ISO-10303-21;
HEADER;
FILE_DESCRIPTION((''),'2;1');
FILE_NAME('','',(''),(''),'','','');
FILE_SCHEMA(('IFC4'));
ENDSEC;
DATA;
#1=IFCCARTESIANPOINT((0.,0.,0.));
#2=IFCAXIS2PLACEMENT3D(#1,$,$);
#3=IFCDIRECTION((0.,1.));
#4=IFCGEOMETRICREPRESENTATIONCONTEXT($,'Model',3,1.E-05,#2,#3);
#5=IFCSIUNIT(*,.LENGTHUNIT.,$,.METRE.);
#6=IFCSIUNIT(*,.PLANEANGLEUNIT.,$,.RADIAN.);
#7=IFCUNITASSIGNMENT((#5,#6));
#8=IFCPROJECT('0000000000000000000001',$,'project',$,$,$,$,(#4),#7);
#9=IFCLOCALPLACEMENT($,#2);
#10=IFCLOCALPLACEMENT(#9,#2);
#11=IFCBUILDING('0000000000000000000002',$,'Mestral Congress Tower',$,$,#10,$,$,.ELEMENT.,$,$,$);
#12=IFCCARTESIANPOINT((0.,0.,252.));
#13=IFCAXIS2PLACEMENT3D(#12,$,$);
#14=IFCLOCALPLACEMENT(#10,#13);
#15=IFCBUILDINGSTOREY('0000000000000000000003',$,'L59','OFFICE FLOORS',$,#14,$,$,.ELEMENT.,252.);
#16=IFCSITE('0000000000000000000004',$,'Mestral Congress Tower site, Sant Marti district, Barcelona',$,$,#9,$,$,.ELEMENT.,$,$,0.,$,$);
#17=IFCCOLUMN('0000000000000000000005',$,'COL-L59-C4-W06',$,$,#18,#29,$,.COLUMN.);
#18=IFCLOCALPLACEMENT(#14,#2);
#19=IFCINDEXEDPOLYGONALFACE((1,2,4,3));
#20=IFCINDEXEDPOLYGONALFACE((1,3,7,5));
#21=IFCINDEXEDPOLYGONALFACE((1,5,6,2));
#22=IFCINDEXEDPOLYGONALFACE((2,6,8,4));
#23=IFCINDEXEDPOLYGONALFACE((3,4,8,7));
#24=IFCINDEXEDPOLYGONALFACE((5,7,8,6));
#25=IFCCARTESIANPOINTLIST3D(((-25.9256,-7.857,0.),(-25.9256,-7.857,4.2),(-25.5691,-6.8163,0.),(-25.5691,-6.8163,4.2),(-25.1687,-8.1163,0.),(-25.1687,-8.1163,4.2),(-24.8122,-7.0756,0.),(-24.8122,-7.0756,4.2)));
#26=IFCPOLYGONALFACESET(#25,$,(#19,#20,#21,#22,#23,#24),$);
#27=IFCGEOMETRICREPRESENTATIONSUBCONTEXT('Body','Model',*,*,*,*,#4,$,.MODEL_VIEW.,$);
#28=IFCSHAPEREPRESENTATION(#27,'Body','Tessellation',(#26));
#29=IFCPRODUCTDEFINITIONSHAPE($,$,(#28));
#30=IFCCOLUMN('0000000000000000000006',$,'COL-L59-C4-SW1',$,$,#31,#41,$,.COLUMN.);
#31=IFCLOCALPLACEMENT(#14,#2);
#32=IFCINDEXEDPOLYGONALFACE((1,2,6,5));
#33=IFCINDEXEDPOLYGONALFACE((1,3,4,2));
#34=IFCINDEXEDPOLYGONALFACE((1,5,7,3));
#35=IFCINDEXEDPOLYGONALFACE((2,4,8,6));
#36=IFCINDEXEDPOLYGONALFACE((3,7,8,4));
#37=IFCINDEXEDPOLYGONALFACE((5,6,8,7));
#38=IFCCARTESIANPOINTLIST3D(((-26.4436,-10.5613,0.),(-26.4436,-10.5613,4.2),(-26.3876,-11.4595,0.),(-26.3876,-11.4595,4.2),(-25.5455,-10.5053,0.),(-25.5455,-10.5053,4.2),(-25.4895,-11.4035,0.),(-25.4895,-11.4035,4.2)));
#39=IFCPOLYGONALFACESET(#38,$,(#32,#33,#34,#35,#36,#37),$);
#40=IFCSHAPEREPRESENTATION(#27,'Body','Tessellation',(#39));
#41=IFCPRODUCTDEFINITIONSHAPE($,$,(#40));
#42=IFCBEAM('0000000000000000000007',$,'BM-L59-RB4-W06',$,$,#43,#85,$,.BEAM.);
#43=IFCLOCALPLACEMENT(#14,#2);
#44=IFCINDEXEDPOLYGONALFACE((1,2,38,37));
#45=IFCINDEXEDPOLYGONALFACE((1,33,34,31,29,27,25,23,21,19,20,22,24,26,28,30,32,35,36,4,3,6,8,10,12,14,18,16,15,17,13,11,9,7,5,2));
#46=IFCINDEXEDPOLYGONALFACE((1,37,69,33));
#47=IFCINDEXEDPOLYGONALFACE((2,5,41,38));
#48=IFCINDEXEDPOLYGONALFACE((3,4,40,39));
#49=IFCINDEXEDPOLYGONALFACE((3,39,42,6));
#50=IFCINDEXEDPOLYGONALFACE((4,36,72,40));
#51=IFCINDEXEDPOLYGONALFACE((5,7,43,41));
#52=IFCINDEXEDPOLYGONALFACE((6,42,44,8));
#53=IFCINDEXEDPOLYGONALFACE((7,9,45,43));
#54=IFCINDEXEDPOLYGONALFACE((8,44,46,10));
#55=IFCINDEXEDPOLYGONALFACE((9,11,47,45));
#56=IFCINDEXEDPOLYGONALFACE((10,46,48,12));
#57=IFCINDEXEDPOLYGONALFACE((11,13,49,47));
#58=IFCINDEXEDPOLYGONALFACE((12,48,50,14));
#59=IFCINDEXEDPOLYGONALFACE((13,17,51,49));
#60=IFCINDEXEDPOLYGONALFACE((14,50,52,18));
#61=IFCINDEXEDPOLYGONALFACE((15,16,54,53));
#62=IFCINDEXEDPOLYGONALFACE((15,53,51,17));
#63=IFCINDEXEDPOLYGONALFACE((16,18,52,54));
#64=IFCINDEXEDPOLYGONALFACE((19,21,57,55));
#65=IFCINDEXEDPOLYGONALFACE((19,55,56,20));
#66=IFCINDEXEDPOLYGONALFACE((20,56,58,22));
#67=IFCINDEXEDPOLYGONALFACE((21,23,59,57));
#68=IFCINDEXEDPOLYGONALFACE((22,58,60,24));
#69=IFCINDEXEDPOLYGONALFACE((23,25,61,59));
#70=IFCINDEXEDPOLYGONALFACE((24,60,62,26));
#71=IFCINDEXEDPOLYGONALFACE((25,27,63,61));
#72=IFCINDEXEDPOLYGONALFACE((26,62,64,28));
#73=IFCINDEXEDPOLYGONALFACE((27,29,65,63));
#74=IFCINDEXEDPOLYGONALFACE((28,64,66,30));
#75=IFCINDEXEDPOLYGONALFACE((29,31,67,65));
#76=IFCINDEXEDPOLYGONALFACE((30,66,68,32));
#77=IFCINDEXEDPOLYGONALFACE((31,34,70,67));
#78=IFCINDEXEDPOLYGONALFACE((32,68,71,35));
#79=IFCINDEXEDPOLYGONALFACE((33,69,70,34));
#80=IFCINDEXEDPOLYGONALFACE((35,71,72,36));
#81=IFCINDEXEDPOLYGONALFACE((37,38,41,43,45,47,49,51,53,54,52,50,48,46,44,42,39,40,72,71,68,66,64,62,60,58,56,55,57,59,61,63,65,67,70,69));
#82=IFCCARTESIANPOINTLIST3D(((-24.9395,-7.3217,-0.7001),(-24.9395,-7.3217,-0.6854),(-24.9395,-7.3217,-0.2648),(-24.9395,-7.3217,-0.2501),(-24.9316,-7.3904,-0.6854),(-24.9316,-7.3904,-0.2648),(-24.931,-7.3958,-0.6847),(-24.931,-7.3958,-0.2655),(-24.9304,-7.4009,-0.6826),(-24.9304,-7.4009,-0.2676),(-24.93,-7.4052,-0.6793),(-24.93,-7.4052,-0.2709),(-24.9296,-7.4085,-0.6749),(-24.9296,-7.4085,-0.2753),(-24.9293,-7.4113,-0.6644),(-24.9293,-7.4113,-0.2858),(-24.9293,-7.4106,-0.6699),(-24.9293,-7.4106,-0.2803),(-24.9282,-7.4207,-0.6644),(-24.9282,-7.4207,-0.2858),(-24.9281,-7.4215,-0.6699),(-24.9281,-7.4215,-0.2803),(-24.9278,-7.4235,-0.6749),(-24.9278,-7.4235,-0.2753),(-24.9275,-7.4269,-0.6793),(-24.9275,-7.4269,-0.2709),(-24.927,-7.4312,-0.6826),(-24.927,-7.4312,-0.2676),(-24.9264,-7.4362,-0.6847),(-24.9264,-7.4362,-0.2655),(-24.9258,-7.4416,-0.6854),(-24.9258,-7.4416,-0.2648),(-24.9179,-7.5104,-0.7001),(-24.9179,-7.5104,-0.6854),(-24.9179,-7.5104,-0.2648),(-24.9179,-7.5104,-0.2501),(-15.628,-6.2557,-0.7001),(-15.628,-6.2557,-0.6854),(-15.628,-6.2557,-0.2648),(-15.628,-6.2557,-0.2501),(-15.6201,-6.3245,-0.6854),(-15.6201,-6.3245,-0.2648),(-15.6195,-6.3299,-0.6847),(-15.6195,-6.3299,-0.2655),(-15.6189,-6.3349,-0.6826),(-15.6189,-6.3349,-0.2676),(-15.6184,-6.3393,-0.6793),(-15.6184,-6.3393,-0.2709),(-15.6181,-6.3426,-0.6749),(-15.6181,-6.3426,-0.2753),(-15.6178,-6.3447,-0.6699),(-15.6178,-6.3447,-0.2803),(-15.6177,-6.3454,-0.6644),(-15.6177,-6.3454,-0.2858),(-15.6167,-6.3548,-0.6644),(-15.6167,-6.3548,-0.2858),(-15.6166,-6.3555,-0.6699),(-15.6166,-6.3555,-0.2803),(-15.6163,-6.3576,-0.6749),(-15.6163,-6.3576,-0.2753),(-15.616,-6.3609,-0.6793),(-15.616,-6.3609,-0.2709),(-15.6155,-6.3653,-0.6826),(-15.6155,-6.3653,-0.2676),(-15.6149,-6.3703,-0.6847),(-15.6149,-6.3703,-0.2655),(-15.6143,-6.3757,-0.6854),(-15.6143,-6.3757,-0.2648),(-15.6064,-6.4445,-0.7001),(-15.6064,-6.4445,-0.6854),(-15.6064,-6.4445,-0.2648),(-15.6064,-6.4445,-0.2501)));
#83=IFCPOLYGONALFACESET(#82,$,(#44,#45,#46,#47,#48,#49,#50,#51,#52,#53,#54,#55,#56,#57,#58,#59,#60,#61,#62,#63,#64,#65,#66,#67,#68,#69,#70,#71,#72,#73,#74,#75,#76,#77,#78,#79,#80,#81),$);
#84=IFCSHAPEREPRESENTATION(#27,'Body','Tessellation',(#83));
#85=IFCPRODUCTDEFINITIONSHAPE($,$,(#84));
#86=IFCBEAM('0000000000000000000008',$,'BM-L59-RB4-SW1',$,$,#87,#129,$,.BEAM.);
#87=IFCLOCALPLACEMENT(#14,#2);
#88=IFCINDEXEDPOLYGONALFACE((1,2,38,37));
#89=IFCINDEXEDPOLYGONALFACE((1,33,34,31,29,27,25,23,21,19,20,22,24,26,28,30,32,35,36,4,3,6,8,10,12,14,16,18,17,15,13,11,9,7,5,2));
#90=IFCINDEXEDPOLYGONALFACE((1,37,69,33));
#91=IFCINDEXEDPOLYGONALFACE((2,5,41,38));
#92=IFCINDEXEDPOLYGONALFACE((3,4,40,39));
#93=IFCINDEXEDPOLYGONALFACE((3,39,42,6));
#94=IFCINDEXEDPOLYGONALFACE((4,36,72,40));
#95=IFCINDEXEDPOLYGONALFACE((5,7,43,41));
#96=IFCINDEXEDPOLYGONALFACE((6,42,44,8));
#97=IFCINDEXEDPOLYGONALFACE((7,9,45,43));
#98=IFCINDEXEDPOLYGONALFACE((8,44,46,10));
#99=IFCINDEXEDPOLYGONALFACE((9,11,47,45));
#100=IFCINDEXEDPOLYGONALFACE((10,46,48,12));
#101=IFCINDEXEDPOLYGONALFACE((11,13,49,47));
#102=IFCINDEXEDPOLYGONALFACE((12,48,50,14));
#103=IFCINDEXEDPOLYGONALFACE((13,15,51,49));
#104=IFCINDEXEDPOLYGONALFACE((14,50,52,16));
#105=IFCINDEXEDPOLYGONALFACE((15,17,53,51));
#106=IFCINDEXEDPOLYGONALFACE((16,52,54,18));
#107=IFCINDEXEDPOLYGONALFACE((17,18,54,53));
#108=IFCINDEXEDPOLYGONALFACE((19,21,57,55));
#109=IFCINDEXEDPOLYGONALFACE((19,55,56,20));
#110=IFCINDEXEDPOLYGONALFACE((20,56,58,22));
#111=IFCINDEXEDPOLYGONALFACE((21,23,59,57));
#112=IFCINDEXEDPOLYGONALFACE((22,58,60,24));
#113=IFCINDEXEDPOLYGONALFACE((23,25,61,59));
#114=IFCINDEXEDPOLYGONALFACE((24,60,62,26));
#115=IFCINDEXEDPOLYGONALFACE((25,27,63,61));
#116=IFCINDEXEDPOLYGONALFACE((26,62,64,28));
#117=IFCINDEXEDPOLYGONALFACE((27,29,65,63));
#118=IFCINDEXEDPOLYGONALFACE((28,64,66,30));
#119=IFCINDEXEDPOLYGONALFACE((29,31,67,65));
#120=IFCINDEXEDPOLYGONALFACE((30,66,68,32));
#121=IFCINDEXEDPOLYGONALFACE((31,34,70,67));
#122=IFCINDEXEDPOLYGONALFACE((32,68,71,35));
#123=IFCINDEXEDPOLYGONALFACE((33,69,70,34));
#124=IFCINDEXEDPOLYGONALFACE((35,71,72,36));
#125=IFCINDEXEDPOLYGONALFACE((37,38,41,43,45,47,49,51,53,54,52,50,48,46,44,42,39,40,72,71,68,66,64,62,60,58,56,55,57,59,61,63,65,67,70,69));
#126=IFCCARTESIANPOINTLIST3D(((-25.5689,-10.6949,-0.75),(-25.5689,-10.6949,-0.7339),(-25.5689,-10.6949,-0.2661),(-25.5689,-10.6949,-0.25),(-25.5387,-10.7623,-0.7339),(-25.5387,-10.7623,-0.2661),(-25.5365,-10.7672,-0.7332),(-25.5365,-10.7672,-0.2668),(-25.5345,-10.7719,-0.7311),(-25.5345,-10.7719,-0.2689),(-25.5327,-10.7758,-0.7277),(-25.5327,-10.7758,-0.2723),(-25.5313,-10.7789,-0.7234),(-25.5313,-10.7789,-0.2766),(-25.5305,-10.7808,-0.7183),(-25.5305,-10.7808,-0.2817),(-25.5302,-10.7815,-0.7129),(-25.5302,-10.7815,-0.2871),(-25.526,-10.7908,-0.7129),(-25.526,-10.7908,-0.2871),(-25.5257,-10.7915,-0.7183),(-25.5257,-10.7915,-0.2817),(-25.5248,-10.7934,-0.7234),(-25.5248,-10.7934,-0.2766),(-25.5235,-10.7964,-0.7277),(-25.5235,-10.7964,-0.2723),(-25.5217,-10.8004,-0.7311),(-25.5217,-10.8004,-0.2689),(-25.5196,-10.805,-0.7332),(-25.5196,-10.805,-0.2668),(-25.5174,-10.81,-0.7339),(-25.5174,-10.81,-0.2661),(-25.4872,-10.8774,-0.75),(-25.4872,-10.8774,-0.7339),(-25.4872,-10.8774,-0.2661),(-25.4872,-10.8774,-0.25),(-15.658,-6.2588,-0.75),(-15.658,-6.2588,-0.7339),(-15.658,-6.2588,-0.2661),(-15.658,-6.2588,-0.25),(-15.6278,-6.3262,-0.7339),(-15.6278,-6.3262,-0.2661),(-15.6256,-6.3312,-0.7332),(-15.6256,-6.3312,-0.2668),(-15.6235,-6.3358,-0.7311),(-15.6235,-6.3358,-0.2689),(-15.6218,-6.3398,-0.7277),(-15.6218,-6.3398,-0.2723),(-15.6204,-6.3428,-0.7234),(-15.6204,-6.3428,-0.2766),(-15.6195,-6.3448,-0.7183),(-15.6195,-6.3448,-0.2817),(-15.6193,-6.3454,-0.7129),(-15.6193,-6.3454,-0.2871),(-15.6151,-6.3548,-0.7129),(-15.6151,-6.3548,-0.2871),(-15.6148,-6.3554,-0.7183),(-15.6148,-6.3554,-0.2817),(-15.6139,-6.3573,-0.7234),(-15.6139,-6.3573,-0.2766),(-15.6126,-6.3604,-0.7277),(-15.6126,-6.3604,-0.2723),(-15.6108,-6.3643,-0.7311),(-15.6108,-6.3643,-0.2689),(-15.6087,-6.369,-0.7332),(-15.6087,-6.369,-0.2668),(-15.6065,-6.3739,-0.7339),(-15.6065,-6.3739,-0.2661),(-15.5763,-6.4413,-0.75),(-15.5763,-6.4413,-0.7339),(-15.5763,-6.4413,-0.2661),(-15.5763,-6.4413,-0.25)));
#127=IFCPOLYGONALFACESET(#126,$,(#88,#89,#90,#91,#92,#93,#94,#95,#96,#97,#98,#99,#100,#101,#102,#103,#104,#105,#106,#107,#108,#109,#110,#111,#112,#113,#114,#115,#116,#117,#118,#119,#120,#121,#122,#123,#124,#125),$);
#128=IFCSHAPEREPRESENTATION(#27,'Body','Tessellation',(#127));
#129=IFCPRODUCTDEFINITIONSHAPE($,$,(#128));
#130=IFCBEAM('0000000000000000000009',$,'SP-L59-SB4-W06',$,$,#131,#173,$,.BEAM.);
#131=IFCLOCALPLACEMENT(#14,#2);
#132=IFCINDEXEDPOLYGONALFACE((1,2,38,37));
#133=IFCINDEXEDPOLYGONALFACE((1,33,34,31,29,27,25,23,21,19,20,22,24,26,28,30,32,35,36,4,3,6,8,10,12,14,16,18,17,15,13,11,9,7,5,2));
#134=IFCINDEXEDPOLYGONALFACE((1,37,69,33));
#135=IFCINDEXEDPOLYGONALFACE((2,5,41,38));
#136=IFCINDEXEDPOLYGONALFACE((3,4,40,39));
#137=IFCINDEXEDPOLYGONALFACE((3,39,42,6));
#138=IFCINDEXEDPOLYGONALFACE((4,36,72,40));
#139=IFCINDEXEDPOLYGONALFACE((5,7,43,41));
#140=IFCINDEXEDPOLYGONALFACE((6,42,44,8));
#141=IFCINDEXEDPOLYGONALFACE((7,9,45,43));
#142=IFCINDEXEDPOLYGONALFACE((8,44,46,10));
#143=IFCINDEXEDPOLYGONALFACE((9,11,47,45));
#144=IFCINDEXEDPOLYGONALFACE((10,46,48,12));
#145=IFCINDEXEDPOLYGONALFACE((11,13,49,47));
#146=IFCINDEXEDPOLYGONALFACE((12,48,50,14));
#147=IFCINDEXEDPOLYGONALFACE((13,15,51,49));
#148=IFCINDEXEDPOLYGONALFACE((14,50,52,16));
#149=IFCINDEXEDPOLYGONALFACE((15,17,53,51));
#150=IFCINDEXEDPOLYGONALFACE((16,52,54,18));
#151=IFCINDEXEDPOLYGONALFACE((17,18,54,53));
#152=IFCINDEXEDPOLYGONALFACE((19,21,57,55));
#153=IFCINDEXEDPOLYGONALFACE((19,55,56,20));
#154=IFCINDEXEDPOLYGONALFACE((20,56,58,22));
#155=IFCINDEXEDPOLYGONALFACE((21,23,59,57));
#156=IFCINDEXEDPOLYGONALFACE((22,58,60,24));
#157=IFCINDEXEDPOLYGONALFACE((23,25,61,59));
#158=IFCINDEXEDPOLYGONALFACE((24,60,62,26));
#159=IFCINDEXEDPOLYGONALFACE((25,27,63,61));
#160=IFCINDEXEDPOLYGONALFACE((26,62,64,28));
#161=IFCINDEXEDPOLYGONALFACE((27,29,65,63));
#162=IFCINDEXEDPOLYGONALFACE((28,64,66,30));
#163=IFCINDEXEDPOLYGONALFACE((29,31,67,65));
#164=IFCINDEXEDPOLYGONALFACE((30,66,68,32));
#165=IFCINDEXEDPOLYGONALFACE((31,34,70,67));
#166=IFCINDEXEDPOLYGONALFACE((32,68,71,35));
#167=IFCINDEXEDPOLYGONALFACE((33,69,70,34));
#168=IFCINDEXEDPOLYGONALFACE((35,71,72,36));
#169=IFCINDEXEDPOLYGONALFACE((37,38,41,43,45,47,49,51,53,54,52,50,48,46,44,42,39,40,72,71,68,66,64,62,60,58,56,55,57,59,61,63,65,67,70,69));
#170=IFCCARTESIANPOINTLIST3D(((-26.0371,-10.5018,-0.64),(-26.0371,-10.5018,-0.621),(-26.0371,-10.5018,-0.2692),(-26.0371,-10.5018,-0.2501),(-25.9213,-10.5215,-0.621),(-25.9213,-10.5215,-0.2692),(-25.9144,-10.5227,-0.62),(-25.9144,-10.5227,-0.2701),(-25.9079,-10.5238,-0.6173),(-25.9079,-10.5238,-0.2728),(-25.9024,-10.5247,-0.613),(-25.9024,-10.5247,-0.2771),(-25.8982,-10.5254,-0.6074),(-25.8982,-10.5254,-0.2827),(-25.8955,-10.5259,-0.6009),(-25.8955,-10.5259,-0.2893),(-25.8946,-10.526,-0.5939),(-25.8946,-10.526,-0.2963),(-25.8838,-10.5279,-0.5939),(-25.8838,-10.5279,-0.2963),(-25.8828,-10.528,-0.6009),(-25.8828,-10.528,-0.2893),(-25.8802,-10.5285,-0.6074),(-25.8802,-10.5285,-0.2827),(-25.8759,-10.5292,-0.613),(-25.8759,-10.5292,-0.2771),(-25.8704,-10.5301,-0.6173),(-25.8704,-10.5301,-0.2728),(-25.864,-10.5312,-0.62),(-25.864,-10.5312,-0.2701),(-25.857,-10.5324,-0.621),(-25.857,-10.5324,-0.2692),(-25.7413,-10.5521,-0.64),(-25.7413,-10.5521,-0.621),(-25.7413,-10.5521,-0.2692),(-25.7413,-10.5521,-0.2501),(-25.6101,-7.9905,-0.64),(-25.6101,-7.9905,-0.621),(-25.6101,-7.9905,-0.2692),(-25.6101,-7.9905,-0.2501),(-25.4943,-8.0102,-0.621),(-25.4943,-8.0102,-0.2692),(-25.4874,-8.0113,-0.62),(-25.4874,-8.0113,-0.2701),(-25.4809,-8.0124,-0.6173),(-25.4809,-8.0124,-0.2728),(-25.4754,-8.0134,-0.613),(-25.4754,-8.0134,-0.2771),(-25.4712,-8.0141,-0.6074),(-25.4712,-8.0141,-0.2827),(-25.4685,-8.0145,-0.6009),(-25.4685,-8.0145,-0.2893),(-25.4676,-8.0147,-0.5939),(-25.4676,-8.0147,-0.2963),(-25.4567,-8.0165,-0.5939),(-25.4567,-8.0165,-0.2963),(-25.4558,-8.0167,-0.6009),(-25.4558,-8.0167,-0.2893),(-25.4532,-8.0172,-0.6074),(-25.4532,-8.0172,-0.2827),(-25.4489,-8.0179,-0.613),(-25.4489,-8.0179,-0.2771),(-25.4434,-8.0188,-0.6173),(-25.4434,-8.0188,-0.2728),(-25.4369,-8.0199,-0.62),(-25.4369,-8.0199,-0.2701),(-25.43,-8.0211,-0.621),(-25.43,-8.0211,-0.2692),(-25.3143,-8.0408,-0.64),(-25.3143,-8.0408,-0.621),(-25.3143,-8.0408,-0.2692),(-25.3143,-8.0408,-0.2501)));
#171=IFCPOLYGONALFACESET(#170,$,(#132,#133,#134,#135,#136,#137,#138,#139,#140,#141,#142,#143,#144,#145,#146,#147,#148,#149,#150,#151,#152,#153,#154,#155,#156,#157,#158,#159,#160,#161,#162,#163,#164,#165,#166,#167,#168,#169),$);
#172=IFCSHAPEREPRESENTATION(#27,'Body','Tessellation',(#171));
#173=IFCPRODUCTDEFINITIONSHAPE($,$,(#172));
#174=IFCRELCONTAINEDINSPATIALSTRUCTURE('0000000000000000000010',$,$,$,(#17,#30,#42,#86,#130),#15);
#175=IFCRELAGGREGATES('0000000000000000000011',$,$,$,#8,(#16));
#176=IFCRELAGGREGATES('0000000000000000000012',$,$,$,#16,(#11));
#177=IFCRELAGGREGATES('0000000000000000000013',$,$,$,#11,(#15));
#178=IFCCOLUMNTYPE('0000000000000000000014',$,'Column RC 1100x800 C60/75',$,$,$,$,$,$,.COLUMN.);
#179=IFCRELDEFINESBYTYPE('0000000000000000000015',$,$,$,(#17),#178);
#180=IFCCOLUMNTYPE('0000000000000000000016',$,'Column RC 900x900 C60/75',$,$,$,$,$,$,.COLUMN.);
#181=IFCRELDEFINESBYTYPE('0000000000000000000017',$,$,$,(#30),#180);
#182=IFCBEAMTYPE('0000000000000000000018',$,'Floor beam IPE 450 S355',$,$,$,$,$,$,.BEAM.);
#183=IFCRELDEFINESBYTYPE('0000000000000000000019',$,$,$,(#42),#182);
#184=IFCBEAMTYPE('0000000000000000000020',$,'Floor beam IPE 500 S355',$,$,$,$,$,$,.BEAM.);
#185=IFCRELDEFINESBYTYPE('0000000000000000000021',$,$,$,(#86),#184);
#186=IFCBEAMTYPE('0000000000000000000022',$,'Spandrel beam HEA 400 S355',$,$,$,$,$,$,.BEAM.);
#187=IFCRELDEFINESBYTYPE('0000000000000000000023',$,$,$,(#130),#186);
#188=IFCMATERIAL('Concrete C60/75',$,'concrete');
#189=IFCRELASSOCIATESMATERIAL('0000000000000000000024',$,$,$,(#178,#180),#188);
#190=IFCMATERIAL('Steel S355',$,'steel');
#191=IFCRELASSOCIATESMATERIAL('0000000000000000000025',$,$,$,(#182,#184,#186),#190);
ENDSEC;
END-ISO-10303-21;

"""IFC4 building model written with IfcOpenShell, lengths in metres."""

from ifc_helpers import new_model, si_unit, direction, frame, origin, origin_2d, place, context, subcontext, project, spatial, rectangle, i_section, extrude, material, material_profile, profile_set, type_object, element, save


model = new_model("IFC4")

# Units and contexts
model_context = context("Model", 3, precision=1e-05, world=origin(), true_north=direction((0.0, 1.0)))
body_context = subcontext(model_context, "Body", "Model", "MODEL_VIEW")
ifc_project = project(units=[si_unit("LENGTHUNIT", "METRE"), si_unit("PLANEANGLEUNIT", "RADIAN")], contexts=[model_context])

# Site, building, storey
site_placement = place(None, origin())
site = spatial("IfcSite", under=ifc_project, at=site_placement, Name="Mestral Congress Tower site, Sant Marti district, Barcelona", CompositionType="ELEMENT", RefElevation=0.0)
building_placement = place(site_placement, origin())
building = spatial("IfcBuilding", under=site, at=building_placement, Name="Mestral Congress Tower", CompositionType="ELEMENT")
storey_placement = place(building_placement, frame((0.0, 0.0, 252.0)))
storey = spatial("IfcBuildingStorey", under=building, at=storey_placement, Name="L59", Description="OFFICE FLOORS", CompositionType="ELEMENT", Elevation=252.0)

# Columns
ifc_material_1 = material(Name="Concrete C60/75", Category="concrete")
ifc_material_profile_1 = material_profile(ifc_material_1, rectangle(XDim=1.1001, YDim=0.8, at=origin_2d()), Name="RC 1100x800")
ifc_profile_set_1 = profile_set([ifc_material_profile_1], Name="Concrete C60/75")
column_type_1 = type_object("IfcColumnType", Name="Column RC 1100x800 C60/75", PredefinedType="COLUMN", material=ifc_profile_set_1)
column_1_placement = place(storey_placement, frame((-25.3689, -7.4663, 0.0), z_axis=(0.0, 0.0, 1.0), x_axis=(-0.324074, -0.946032, 0.0)))
element("IfcColumn", 1, at=column_1_placement, inside=storey, type_object=column_type_1, Name="COL-L59-C4-W06", PredefinedType="COLUMN", context=body_context, shape_type="SweptSolid", body=[
    extrude(rectangle(XDim=1.1001, YDim=0.8, at=origin_2d()), origin(), (0.0, 0.0, 1.0), 4.2),
])
ifc_material_profile_2 = material_profile(ifc_material_1, rectangle(XDim=0.8999, YDim=0.8999, at=origin_2d()), Name="RC 900x900")
ifc_profile_set_2 = profile_set([ifc_material_profile_2], Name="Concrete C60/75")
column_type_2 = type_object("IfcColumnType", Name="Column RC 900x900 C60/75", PredefinedType="COLUMN", material=ifc_profile_set_2)
column_2_placement = place(storey_placement, frame((-25.9666, -10.9824, 0.0), z_axis=(0.0, 0.0, 1.0), x_axis=(0.062217, -0.998063, 0.0)))
element("IfcColumn", 2, at=column_2_placement, inside=storey, type_object=column_type_2, Name="COL-L59-C4-SW1", PredefinedType="COLUMN", context=body_context, shape_type="SweptSolid", body=[
    extrude(rectangle(XDim=0.8999, YDim=0.8999, at=origin_2d()), origin(), (0.0, 0.0, 1.0), 4.2),
])

# Beams
ifc_material_2 = material(Name="Steel S355", Category="steel")
ifc_material_profile_3 = material_profile(ifc_material_2, i_section(OverallWidth=0.1899, OverallDepth=0.45, WebThickness=0.0095, FlangeThickness=0.0146, FilletRadius=0.021, at=origin_2d()), Name="IPE 450")
ifc_profile_set_3 = profile_set([ifc_material_profile_3], Name="Steel S355")
beam_type_1 = type_object("IfcBeamType", Name="Floor beam IPE 450 S355", PredefinedType="BEAM", material=ifc_profile_set_3)
beam_1_placement = place(storey_placement, frame((-24.9287, -7.416, -0.4751), z_axis=(0.993512, 0.11373, 0.0), x_axis=(-0.11373, 0.993512, 0.0)))
element("IfcBeam", 3, at=beam_1_placement, inside=storey, type_object=beam_type_1, Name="BM-L59-RB4-W06", PredefinedType="BEAM", context=body_context, shape_type="SweptSolid", body=[
    extrude(i_section(OverallWidth=0.1899, OverallDepth=0.45, WebThickness=0.0095, FlangeThickness=0.0146, FilletRadius=0.021, at=origin_2d()), origin(), (0.0, 0.0, 1.0), 9.3723),
])
ifc_material_profile_4 = material_profile(ifc_material_2, i_section(OverallWidth=0.2, OverallDepth=0.5, WebThickness=0.0103, FlangeThickness=0.0161, FilletRadius=0.021, at=origin_2d()), Name="IPE 500")
ifc_profile_set_4 = profile_set([ifc_material_profile_4], Name="Steel S355")
beam_type_2 = type_object("IfcBeamType", Name="Floor beam IPE 500 S355", PredefinedType="BEAM", material=ifc_profile_set_4)
beam_2_placement = place(storey_placement, frame((-25.5281, -10.7861, -0.5), z_axis=(0.912742, 0.408536, 0.0), x_axis=(-0.408536, 0.912742, 0.0)))
element("IfcBeam", 4, at=beam_2_placement, inside=storey, type_object=beam_type_2, Name="BM-L59-RB4-SW1", PredefinedType="BEAM", context=body_context, shape_type="SweptSolid", body=[
    extrude(i_section(OverallWidth=0.2, OverallDepth=0.5, WebThickness=0.0103, FlangeThickness=0.0161, FilletRadius=0.021, at=origin_2d()), origin(), (0.0, 0.0, 1.0), 10.8584),
])
ifc_material_profile_5 = material_profile(ifc_material_2, i_section(OverallWidth=0.3, OverallDepth=0.3899, WebThickness=0.011, FlangeThickness=0.019, FilletRadius=0.0271, at=origin_2d()), Name="HEA 400")
ifc_profile_set_5 = profile_set([ifc_material_profile_5], Name="Steel S355")
beam_type_3 = type_object("IfcBeamType", Name="Spandrel beam HEA 400 S355", PredefinedType="BEAM", material=ifc_profile_set_5)
beam_3_placement = place(storey_placement, frame((-25.4622, -8.0156, -0.4451), z_axis=(-0.167631, -0.98585, 0.0), x_axis=(0.98585, -0.167631, 0.0)))
element("IfcBeam", 5, at=beam_3_placement, inside=storey, type_object=beam_type_3, Name="SP-L59-SB4-W06", PredefinedType="BEAM", context=body_context, shape_type="SweptSolid", body=[
    extrude(i_section(OverallWidth=0.3, OverallDepth=0.3899, WebThickness=0.011, FlangeThickness=0.019, FilletRadius=0.0271, at=origin_2d()), origin(), (0.0, 0.0, 1.0), 2.5474),
])

save(model, "model.ifc")
